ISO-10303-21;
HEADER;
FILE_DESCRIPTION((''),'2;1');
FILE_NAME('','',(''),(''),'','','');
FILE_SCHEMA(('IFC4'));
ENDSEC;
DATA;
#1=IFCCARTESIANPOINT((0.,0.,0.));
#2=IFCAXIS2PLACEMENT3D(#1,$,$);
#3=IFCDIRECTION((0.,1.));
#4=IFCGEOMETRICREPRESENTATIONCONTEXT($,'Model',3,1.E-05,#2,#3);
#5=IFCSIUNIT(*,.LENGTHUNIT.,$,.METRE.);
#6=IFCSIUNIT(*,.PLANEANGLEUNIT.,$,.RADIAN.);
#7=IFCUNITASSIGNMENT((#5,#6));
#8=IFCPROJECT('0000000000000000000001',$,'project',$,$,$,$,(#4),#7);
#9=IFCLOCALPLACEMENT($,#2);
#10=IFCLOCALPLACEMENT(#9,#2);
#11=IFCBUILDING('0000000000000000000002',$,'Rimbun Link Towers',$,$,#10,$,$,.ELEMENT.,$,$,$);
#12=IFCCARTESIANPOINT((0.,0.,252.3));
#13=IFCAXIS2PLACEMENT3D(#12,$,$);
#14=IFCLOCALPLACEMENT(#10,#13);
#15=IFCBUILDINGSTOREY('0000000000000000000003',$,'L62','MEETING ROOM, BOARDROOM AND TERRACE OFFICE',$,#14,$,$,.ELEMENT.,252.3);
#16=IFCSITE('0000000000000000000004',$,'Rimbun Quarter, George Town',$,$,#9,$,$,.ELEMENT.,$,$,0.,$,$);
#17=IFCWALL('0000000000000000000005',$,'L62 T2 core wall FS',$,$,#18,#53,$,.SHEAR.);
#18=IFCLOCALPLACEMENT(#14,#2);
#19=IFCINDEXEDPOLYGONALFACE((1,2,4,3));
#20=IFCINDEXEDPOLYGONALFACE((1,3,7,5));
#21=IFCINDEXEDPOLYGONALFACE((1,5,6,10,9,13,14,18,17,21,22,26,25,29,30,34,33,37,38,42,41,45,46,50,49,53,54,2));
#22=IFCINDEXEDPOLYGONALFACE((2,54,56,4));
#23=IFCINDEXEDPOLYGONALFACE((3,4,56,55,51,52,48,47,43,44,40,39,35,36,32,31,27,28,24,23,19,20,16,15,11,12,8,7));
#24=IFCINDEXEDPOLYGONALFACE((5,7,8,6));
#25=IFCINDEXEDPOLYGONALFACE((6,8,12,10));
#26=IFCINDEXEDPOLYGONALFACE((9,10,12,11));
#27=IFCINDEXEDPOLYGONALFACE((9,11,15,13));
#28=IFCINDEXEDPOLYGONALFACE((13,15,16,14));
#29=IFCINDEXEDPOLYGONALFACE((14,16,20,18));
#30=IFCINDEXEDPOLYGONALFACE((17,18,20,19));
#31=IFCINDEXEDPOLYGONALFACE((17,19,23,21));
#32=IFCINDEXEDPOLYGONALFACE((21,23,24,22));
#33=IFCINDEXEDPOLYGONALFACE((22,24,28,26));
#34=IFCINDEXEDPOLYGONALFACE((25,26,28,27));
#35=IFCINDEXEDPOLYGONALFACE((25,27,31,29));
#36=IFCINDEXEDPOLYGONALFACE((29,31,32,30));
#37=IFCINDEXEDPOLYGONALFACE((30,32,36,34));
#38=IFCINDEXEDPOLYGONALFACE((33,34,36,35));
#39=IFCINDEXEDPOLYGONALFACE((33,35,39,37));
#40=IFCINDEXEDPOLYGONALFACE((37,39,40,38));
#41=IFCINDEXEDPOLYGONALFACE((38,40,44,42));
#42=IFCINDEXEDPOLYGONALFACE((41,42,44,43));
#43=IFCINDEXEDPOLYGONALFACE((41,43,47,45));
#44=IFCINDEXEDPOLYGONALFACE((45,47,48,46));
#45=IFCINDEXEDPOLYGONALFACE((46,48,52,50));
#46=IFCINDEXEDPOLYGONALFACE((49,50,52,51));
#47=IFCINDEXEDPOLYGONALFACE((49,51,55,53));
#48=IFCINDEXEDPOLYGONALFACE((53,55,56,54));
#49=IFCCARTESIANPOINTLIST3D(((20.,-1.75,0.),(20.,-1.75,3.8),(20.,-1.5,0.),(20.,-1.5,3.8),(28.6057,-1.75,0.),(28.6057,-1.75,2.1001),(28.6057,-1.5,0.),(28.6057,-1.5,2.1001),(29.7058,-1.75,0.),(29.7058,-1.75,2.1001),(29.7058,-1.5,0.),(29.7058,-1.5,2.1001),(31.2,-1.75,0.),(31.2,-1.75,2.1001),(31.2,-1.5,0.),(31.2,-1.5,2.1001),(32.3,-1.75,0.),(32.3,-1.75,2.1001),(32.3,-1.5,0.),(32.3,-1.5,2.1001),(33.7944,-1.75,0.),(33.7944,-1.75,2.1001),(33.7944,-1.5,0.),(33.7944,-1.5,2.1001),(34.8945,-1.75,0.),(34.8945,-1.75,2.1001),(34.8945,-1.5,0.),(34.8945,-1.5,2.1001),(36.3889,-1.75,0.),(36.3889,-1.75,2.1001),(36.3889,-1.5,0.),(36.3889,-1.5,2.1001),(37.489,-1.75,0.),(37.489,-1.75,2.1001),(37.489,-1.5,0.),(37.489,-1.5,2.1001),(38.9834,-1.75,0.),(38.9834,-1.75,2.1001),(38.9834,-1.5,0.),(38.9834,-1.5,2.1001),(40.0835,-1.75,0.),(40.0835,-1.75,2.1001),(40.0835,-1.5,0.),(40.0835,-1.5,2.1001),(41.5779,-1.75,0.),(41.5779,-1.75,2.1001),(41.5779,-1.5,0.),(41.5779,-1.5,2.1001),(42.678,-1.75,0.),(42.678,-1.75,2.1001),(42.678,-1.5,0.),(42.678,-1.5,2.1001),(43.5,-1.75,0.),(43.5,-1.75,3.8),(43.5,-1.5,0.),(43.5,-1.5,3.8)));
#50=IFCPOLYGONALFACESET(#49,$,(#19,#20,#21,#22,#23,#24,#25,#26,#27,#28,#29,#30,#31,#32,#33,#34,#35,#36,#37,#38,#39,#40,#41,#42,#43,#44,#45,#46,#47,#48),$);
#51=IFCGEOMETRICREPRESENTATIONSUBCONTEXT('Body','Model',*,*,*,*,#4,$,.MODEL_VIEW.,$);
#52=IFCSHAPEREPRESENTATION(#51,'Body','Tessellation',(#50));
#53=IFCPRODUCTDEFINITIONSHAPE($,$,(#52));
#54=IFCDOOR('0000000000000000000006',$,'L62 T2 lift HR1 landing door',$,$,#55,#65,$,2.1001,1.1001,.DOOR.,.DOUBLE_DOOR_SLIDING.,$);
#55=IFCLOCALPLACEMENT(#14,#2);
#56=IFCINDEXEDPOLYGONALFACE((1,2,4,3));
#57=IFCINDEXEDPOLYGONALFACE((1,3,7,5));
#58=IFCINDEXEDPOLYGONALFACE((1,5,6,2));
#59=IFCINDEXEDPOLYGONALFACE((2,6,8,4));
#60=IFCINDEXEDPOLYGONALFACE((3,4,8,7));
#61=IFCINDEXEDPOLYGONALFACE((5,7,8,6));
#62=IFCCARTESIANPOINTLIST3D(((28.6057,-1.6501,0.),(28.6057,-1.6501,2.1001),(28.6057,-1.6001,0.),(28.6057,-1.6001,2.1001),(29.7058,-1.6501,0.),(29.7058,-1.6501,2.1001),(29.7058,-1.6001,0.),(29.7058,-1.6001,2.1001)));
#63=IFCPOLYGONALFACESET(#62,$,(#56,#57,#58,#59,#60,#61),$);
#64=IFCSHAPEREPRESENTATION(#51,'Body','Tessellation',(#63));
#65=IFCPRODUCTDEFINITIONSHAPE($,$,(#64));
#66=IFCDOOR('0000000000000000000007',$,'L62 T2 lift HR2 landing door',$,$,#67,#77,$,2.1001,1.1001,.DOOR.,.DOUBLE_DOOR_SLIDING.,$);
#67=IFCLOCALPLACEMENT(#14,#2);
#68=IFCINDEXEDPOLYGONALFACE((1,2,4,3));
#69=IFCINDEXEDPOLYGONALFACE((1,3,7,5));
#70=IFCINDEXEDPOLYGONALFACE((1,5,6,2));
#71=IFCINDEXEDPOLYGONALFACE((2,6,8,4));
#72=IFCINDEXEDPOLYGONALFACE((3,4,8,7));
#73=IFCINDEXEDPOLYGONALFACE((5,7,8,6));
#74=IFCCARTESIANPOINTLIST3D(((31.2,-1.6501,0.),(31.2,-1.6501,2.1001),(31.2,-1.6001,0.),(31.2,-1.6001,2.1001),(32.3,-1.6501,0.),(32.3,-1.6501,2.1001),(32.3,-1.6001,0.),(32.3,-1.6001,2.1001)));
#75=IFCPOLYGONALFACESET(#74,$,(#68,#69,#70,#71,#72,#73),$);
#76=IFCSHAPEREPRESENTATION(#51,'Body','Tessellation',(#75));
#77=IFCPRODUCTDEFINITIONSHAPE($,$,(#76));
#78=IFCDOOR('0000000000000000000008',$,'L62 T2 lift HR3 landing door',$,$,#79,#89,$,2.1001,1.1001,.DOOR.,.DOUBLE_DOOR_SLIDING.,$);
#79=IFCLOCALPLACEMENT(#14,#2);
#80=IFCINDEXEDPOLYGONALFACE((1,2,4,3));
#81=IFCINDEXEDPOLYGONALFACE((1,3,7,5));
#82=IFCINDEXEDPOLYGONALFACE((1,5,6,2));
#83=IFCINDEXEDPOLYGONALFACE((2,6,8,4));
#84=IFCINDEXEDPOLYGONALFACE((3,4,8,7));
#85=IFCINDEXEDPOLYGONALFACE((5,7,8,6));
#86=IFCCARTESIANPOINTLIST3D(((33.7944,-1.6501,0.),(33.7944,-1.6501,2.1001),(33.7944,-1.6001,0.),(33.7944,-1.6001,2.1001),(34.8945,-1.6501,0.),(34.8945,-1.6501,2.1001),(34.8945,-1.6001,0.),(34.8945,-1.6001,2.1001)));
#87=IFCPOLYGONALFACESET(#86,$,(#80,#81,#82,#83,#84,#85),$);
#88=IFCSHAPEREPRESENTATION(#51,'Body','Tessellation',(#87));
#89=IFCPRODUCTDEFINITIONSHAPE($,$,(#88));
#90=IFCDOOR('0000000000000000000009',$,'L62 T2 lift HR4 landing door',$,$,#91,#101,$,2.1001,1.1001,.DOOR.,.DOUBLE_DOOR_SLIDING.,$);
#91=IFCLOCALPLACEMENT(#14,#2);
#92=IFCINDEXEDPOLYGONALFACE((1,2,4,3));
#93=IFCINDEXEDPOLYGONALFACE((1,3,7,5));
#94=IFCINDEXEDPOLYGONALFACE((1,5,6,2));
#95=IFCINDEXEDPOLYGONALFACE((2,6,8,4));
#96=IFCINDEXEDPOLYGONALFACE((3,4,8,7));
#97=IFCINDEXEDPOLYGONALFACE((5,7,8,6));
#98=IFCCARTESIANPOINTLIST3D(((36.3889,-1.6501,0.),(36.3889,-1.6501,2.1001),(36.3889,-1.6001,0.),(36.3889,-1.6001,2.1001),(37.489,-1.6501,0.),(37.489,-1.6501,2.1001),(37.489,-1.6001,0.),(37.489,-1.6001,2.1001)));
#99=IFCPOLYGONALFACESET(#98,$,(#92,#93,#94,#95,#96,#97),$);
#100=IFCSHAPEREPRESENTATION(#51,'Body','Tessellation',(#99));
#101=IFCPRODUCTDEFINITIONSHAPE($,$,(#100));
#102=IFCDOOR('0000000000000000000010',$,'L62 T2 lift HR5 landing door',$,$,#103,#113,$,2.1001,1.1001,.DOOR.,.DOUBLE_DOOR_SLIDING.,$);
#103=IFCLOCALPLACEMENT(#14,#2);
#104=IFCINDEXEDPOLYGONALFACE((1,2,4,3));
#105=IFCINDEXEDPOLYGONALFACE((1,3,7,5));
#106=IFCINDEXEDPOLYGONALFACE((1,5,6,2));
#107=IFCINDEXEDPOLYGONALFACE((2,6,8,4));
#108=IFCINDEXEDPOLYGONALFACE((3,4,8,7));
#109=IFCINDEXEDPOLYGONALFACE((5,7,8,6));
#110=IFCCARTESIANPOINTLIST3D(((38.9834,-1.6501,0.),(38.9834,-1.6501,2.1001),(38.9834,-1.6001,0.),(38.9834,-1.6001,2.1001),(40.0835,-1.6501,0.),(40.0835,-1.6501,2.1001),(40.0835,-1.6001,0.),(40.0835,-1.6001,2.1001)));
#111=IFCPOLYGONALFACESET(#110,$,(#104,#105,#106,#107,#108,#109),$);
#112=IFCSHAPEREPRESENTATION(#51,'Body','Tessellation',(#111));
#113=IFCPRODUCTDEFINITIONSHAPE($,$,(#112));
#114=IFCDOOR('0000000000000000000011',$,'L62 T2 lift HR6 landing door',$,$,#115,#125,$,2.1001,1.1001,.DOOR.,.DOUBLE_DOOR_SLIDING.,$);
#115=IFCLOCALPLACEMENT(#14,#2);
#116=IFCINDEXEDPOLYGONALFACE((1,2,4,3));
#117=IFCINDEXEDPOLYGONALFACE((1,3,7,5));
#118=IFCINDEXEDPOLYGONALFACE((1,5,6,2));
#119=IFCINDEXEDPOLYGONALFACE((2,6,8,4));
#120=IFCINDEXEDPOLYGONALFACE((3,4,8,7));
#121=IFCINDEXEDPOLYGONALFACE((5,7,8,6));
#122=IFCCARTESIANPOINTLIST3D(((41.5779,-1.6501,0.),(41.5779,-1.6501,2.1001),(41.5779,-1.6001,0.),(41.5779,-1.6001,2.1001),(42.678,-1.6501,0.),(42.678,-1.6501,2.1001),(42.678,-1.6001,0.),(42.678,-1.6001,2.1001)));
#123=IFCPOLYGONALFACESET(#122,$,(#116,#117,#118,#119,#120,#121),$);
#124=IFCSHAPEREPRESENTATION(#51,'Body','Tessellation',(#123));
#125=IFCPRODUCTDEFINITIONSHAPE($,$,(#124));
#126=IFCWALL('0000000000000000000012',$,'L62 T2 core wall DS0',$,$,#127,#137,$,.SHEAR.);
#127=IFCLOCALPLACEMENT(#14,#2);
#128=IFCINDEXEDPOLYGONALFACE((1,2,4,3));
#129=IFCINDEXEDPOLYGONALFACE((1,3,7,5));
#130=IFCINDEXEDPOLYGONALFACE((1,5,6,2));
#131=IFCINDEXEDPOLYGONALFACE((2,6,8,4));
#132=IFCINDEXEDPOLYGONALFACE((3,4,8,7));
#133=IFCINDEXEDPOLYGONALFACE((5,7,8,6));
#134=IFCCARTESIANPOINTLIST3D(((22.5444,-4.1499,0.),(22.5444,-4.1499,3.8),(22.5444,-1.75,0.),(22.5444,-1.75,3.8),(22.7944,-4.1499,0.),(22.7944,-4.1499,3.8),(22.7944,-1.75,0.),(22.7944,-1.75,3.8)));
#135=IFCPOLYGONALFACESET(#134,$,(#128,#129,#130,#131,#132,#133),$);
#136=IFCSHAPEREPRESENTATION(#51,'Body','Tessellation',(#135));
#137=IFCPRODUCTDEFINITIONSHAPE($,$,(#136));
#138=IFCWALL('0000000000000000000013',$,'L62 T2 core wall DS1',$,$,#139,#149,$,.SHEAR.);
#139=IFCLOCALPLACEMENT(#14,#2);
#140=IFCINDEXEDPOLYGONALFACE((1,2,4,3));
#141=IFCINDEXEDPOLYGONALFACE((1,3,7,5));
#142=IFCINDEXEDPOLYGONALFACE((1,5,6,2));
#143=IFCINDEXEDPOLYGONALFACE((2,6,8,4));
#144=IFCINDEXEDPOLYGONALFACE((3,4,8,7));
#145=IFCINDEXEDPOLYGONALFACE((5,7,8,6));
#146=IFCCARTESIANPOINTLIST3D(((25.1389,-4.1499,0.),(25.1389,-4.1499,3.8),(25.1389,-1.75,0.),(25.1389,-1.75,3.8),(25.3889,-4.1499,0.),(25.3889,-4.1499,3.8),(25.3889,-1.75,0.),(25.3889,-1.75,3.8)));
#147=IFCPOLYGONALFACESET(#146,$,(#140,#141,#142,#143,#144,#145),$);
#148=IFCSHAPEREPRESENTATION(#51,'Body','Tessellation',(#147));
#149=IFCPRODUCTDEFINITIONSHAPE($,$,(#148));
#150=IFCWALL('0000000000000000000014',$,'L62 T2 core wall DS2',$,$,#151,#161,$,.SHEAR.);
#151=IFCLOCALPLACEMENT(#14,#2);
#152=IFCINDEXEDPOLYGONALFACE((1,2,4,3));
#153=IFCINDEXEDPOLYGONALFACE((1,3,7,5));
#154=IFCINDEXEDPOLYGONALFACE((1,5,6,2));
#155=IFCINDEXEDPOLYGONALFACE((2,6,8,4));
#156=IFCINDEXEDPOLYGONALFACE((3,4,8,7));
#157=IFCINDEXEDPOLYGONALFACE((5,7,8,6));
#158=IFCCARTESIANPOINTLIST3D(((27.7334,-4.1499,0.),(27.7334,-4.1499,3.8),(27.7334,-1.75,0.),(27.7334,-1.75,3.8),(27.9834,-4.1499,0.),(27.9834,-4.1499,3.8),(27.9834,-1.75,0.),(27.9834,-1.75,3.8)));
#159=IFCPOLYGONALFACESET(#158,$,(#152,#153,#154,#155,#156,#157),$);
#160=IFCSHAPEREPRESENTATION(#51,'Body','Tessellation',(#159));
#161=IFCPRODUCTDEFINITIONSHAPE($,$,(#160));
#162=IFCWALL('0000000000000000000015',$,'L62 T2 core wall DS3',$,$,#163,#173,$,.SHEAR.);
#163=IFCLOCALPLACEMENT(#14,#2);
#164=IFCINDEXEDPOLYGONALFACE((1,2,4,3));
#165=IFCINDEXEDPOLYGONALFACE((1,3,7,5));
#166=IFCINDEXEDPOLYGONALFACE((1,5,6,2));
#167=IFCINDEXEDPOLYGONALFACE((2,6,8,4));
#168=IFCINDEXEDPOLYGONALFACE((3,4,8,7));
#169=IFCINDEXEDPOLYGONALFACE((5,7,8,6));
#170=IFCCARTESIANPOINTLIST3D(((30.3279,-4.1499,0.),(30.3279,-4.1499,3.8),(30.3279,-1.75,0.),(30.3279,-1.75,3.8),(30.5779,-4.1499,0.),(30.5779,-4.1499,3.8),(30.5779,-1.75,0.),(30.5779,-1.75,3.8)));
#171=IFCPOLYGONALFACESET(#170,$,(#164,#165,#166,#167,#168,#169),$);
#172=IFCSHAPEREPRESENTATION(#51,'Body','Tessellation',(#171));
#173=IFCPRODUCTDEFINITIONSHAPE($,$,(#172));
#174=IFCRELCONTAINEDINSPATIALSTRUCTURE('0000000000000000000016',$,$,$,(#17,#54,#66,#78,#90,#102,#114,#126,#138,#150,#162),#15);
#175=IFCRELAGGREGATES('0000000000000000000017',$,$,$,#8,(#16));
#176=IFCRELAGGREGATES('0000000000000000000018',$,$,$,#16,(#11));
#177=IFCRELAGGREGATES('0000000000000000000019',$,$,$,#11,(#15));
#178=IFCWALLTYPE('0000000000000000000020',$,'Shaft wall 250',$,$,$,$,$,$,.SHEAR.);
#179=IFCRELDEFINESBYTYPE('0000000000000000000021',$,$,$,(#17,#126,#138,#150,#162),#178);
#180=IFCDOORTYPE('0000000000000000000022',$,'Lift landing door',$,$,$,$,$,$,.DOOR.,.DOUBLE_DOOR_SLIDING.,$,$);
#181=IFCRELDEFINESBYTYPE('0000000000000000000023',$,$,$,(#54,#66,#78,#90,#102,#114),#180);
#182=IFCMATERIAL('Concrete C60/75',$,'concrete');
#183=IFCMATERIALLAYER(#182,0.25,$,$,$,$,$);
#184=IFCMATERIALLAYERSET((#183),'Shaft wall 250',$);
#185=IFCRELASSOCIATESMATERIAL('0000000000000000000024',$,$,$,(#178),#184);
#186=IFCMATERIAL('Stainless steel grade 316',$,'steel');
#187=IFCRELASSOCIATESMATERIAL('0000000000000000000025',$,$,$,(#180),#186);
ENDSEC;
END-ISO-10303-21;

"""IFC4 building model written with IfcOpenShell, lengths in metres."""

from ifc_helpers import new_model, si_unit, direction, frame, frame_2d, origin, place, context, subcontext, project, spatial, rectangle, extrude, material, layer, layer_set, type_object, element, fill, save


model = new_model("IFC4")

# Units and contexts
model_context = context("Model", 3, precision=1e-05, world=origin(), true_north=direction((0.0, 1.0)))
body_context = subcontext(model_context, "Body", "Model", "MODEL_VIEW")
ifc_project = project(units=[si_unit("LENGTHUNIT", "METRE"), si_unit("PLANEANGLEUNIT", "RADIAN")], contexts=[model_context])

# Site, building, storey
site_placement = place(None, origin())
site = spatial("IfcSite", under=ifc_project, at=site_placement, Name="Rimbun Quarter, George Town", CompositionType="ELEMENT", RefElevation=0.0)
building_placement = place(site_placement, origin())
building = spatial("IfcBuilding", under=site, at=building_placement, Name="Rimbun Link Towers", CompositionType="ELEMENT")
storey_placement = place(building_placement, frame((0.0, 0.0, 252.3)))
storey = spatial("IfcBuildingStorey", under=building, at=storey_placement, Name="L62", Description="MEETING ROOM, BOARDROOM AND TERRACE OFFICE", CompositionType="ELEMENT", Elevation=252.3)

# Shared definitions
ifc_material_1 = material(Name="Concrete C60/75", Category="concrete")
ifc_layer_1 = layer(ifc_material_1, 0.25)
ifc_layer_set_1 = layer_set([ifc_layer_1], Name="Shaft wall 250")
wall_type_1 = type_object("IfcWallType", Name="Shaft wall 250", PredefinedType="SHEAR", material=ifc_layer_set_1)

# Wall, openings, doors
wall_1_placement = place(storey_placement, frame((20.0, -1.625, 0.0), z_axis=(0.0, 0.0, 1.0), x_axis=(1.0, 0.0, 0.0)))
wall_1 = element("IfcWall", 1, at=wall_1_placement, inside=storey, type_object=wall_type_1, Name="L62 T2 core wall FS", PredefinedType="SHEAR", context=body_context, shape_type="SweptSolid", body=[
    extrude(rectangle(XDim=23.5, YDim=0.25, at=frame_2d((11.75, 0.0))), origin(), (0.0, 0.0, 1.0), 3.8),
])
opening_1_placement = place(wall_1_placement, frame((8.6057, 0.0, 0.0)))
opening_1 = element("IfcOpeningElement", 2, at=opening_1_placement, cuts=wall_1, PredefinedType="OPENING", context=body_context, shape_type="SweptSolid", body=[
    extrude(rectangle(XDim=1.1001, YDim=2.1001, at=frame_2d((0.55, 1.05))), frame((0.0, 0.135, 0.0), z_axis=(0.0, -1.0, 0.0), x_axis=(1.0, 0.0, 0.0)), (0.0, 0.0, 1.0), 0.27),
])
opening_2_placement = place(wall_1_placement, frame((11.2, 0.0, 0.0)))
opening_2 = element("IfcOpeningElement", 3, at=opening_2_placement, cuts=wall_1, PredefinedType="OPENING", context=body_context, shape_type="SweptSolid", body=[
    extrude(rectangle(XDim=1.1001, YDim=2.1001, at=frame_2d((0.55, 1.05))), frame((0.0, 0.135, 0.0), z_axis=(0.0, -1.0, 0.0), x_axis=(1.0, 0.0, 0.0)), (0.0, 0.0, 1.0), 0.27),
])
opening_3_placement = place(wall_1_placement, frame((13.7944, 0.0, 0.0)))
opening_3 = element("IfcOpeningElement", 4, at=opening_3_placement, cuts=wall_1, PredefinedType="OPENING", context=body_context, shape_type="SweptSolid", body=[
    extrude(rectangle(XDim=1.1001, YDim=2.1001, at=frame_2d((0.55, 1.05))), frame((0.0, 0.135, 0.0), z_axis=(0.0, -1.0, 0.0), x_axis=(1.0, 0.0, 0.0)), (0.0, 0.0, 1.0), 0.27),
])
opening_4_placement = place(wall_1_placement, frame((16.3889, 0.0, 0.0)))
opening_4 = element("IfcOpeningElement", 5, at=opening_4_placement, cuts=wall_1, PredefinedType="OPENING", context=body_context, shape_type="SweptSolid", body=[
    extrude(rectangle(XDim=1.1001, YDim=2.1001, at=frame_2d((0.55, 1.05))), frame((0.0, 0.135, 0.0), z_axis=(0.0, -1.0, 0.0), x_axis=(1.0, 0.0, 0.0)), (0.0, 0.0, 1.0), 0.27),
])
opening_5_placement = place(wall_1_placement, frame((18.9834, 0.0, 0.0)))
opening_5 = element("IfcOpeningElement", 6, at=opening_5_placement, cuts=wall_1, PredefinedType="OPENING", context=body_context, shape_type="SweptSolid", body=[
    extrude(rectangle(XDim=1.1001, YDim=2.1001, at=frame_2d((0.55, 1.05))), frame((0.0, 0.135, 0.0), z_axis=(0.0, -1.0, 0.0), x_axis=(1.0, 0.0, 0.0)), (0.0, 0.0, 1.0), 0.27),
])
opening_6_placement = place(wall_1_placement, frame((21.5779, 0.0, 0.0)))
opening_6 = element("IfcOpeningElement", 7, at=opening_6_placement, cuts=wall_1, PredefinedType="OPENING", context=body_context, shape_type="SweptSolid", body=[
    extrude(rectangle(XDim=1.1001, YDim=2.1001, at=frame_2d((0.55, 1.05))), frame((0.0, 0.135, 0.0), z_axis=(0.0, -1.0, 0.0), x_axis=(1.0, 0.0, 0.0)), (0.0, 0.0, 1.0), 0.27),
])
ifc_material_2 = material(Name="Stainless steel grade 316", Category="steel")
door_type_1 = type_object("IfcDoorType", Name="Lift landing door", OperationType="DOUBLE_DOOR_SLIDING", PredefinedType="DOOR", material=ifc_material_2)
door_1_placement = place(opening_1_placement, origin())
door_1 = element("IfcDoor", 8, at=door_1_placement, inside=storey, type_object=door_type_1, Name="L62 T2 lift HR1 landing door", OperationType="DOUBLE_DOOR_SLIDING", OverallHeight=2.1001, OverallWidth=1.1001, PredefinedType="DOOR", context=body_context, shape_type="SweptSolid", body=[
    extrude(rectangle(XDim=1.1001, YDim=2.1001, at=frame_2d((0.55, 1.05))), frame((0.0, 0.0249, 0.0), z_axis=(0.0, -1.0, 0.0), x_axis=(1.0, 0.0, 0.0)), (0.0, 0.0, 1.0), 0.05),
])
fill(opening_1, door_1)
door_2_placement = place(opening_2_placement, origin())
door_2 = element("IfcDoor", 9, at=door_2_placement, inside=storey, type_object=door_type_1, Name="L62 T2 lift HR2 landing door", OperationType="DOUBLE_DOOR_SLIDING", OverallHeight=2.1001, OverallWidth=1.1001, PredefinedType="DOOR", context=body_context, shape_type="SweptSolid", body=[
    extrude(rectangle(XDim=1.1001, YDim=2.1001, at=frame_2d((0.55, 1.05))), frame((0.0, 0.0249, 0.0), z_axis=(0.0, -1.0, 0.0), x_axis=(1.0, 0.0, 0.0)), (0.0, 0.0, 1.0), 0.05),
])
fill(opening_2, door_2)
door_3_placement = place(opening_3_placement, origin())
door_3 = element("IfcDoor", 10, at=door_3_placement, inside=storey, type_object=door_type_1, Name="L62 T2 lift HR3 landing door", OperationType="DOUBLE_DOOR_SLIDING", OverallHeight=2.1001, OverallWidth=1.1001, PredefinedType="DOOR", context=body_context, shape_type="SweptSolid", body=[
    extrude(rectangle(XDim=1.1001, YDim=2.1001, at=frame_2d((0.55, 1.05))), frame((0.0, 0.0249, 0.0), z_axis=(0.0, -1.0, 0.0), x_axis=(1.0, 0.0, 0.0)), (0.0, 0.0, 1.0), 0.05),
])
fill(opening_3, door_3)
door_4_placement = place(opening_4_placement, origin())
door_4 = element("IfcDoor", 11, at=door_4_placement, inside=storey, type_object=door_type_1, Name="L62 T2 lift HR4 landing door", OperationType="DOUBLE_DOOR_SLIDING", OverallHeight=2.1001, OverallWidth=1.1001, PredefinedType="DOOR", context=body_context, shape_type="SweptSolid", body=[
    extrude(rectangle(XDim=1.1001, YDim=2.1001, at=frame_2d((0.55, 1.05))), frame((0.0, 0.0249, 0.0), z_axis=(0.0, -1.0, 0.0), x_axis=(1.0, 0.0, 0.0)), (0.0, 0.0, 1.0), 0.05),
])
fill(opening_4, door_4)
door_5_placement = place(opening_5_placement, origin())
door_5 = element("IfcDoor", 12, at=door_5_placement, inside=storey, type_object=door_type_1, Name="L62 T2 lift HR5 landing door", OperationType="DOUBLE_DOOR_SLIDING", OverallHeight=2.1001, OverallWidth=1.1001, PredefinedType="DOOR", context=body_context, shape_type="SweptSolid", body=[
    extrude(rectangle(XDim=1.1001, YDim=2.1001, at=frame_2d((0.55, 1.05))), frame((0.0, 0.0249, 0.0), z_axis=(0.0, -1.0, 0.0), x_axis=(1.0, 0.0, 0.0)), (0.0, 0.0, 1.0), 0.05),
])
fill(opening_5, door_5)
door_6_placement = place(opening_6_placement, origin())
door_6 = element("IfcDoor", 13, at=door_6_placement, inside=storey, type_object=door_type_1, Name="L62 T2 lift HR6 landing door", OperationType="DOUBLE_DOOR_SLIDING", OverallHeight=2.1001, OverallWidth=1.1001, PredefinedType="DOOR", context=body_context, shape_type="SweptSolid", body=[
    extrude(rectangle(XDim=1.1001, YDim=2.1001, at=frame_2d((0.55, 1.05))), frame((0.0, 0.0249, 0.0), z_axis=(0.0, -1.0, 0.0), x_axis=(1.0, 0.0, 0.0)), (0.0, 0.0, 1.0), 0.05),
])
fill(opening_6, door_6)

# Walls
for number, where, z_axis, x_axis, name in (
    (14, (22.6694, -4.1499, 0.0), (0.0, 0.0, 1.0), (0.0, 1.0, 0.0), "L62 T2 core wall DS0"),
    (15, (25.2639, -4.1499, 0.0), (0.0, 0.0, 1.0), (0.0, 1.0, 0.0), "L62 T2 core wall DS1"),
    (16, (27.8584, -4.1499, 0.0), (0.0, 0.0, 1.0), (0.0, 1.0, 0.0), "L62 T2 core wall DS2"),
    (17, (30.4529, -4.1499, 0.0), (0.0, 0.0, 1.0), (0.0, 1.0, 0.0), "L62 T2 core wall DS3"),
):
    element("IfcWall", number, at=place(storey_placement, frame(where, z_axis=z_axis, x_axis=x_axis)), inside=storey, type_object=wall_type_1, Name=name, PredefinedType="SHEAR", context=body_context, shape_type="SweptSolid", body=[
        extrude(rectangle(XDim=2.3999, YDim=0.25, at=frame_2d((1.2, 0.0))), origin(), (0.0, 0.0, 1.0), 3.8),
    ])

save(model, "model.ifc")
